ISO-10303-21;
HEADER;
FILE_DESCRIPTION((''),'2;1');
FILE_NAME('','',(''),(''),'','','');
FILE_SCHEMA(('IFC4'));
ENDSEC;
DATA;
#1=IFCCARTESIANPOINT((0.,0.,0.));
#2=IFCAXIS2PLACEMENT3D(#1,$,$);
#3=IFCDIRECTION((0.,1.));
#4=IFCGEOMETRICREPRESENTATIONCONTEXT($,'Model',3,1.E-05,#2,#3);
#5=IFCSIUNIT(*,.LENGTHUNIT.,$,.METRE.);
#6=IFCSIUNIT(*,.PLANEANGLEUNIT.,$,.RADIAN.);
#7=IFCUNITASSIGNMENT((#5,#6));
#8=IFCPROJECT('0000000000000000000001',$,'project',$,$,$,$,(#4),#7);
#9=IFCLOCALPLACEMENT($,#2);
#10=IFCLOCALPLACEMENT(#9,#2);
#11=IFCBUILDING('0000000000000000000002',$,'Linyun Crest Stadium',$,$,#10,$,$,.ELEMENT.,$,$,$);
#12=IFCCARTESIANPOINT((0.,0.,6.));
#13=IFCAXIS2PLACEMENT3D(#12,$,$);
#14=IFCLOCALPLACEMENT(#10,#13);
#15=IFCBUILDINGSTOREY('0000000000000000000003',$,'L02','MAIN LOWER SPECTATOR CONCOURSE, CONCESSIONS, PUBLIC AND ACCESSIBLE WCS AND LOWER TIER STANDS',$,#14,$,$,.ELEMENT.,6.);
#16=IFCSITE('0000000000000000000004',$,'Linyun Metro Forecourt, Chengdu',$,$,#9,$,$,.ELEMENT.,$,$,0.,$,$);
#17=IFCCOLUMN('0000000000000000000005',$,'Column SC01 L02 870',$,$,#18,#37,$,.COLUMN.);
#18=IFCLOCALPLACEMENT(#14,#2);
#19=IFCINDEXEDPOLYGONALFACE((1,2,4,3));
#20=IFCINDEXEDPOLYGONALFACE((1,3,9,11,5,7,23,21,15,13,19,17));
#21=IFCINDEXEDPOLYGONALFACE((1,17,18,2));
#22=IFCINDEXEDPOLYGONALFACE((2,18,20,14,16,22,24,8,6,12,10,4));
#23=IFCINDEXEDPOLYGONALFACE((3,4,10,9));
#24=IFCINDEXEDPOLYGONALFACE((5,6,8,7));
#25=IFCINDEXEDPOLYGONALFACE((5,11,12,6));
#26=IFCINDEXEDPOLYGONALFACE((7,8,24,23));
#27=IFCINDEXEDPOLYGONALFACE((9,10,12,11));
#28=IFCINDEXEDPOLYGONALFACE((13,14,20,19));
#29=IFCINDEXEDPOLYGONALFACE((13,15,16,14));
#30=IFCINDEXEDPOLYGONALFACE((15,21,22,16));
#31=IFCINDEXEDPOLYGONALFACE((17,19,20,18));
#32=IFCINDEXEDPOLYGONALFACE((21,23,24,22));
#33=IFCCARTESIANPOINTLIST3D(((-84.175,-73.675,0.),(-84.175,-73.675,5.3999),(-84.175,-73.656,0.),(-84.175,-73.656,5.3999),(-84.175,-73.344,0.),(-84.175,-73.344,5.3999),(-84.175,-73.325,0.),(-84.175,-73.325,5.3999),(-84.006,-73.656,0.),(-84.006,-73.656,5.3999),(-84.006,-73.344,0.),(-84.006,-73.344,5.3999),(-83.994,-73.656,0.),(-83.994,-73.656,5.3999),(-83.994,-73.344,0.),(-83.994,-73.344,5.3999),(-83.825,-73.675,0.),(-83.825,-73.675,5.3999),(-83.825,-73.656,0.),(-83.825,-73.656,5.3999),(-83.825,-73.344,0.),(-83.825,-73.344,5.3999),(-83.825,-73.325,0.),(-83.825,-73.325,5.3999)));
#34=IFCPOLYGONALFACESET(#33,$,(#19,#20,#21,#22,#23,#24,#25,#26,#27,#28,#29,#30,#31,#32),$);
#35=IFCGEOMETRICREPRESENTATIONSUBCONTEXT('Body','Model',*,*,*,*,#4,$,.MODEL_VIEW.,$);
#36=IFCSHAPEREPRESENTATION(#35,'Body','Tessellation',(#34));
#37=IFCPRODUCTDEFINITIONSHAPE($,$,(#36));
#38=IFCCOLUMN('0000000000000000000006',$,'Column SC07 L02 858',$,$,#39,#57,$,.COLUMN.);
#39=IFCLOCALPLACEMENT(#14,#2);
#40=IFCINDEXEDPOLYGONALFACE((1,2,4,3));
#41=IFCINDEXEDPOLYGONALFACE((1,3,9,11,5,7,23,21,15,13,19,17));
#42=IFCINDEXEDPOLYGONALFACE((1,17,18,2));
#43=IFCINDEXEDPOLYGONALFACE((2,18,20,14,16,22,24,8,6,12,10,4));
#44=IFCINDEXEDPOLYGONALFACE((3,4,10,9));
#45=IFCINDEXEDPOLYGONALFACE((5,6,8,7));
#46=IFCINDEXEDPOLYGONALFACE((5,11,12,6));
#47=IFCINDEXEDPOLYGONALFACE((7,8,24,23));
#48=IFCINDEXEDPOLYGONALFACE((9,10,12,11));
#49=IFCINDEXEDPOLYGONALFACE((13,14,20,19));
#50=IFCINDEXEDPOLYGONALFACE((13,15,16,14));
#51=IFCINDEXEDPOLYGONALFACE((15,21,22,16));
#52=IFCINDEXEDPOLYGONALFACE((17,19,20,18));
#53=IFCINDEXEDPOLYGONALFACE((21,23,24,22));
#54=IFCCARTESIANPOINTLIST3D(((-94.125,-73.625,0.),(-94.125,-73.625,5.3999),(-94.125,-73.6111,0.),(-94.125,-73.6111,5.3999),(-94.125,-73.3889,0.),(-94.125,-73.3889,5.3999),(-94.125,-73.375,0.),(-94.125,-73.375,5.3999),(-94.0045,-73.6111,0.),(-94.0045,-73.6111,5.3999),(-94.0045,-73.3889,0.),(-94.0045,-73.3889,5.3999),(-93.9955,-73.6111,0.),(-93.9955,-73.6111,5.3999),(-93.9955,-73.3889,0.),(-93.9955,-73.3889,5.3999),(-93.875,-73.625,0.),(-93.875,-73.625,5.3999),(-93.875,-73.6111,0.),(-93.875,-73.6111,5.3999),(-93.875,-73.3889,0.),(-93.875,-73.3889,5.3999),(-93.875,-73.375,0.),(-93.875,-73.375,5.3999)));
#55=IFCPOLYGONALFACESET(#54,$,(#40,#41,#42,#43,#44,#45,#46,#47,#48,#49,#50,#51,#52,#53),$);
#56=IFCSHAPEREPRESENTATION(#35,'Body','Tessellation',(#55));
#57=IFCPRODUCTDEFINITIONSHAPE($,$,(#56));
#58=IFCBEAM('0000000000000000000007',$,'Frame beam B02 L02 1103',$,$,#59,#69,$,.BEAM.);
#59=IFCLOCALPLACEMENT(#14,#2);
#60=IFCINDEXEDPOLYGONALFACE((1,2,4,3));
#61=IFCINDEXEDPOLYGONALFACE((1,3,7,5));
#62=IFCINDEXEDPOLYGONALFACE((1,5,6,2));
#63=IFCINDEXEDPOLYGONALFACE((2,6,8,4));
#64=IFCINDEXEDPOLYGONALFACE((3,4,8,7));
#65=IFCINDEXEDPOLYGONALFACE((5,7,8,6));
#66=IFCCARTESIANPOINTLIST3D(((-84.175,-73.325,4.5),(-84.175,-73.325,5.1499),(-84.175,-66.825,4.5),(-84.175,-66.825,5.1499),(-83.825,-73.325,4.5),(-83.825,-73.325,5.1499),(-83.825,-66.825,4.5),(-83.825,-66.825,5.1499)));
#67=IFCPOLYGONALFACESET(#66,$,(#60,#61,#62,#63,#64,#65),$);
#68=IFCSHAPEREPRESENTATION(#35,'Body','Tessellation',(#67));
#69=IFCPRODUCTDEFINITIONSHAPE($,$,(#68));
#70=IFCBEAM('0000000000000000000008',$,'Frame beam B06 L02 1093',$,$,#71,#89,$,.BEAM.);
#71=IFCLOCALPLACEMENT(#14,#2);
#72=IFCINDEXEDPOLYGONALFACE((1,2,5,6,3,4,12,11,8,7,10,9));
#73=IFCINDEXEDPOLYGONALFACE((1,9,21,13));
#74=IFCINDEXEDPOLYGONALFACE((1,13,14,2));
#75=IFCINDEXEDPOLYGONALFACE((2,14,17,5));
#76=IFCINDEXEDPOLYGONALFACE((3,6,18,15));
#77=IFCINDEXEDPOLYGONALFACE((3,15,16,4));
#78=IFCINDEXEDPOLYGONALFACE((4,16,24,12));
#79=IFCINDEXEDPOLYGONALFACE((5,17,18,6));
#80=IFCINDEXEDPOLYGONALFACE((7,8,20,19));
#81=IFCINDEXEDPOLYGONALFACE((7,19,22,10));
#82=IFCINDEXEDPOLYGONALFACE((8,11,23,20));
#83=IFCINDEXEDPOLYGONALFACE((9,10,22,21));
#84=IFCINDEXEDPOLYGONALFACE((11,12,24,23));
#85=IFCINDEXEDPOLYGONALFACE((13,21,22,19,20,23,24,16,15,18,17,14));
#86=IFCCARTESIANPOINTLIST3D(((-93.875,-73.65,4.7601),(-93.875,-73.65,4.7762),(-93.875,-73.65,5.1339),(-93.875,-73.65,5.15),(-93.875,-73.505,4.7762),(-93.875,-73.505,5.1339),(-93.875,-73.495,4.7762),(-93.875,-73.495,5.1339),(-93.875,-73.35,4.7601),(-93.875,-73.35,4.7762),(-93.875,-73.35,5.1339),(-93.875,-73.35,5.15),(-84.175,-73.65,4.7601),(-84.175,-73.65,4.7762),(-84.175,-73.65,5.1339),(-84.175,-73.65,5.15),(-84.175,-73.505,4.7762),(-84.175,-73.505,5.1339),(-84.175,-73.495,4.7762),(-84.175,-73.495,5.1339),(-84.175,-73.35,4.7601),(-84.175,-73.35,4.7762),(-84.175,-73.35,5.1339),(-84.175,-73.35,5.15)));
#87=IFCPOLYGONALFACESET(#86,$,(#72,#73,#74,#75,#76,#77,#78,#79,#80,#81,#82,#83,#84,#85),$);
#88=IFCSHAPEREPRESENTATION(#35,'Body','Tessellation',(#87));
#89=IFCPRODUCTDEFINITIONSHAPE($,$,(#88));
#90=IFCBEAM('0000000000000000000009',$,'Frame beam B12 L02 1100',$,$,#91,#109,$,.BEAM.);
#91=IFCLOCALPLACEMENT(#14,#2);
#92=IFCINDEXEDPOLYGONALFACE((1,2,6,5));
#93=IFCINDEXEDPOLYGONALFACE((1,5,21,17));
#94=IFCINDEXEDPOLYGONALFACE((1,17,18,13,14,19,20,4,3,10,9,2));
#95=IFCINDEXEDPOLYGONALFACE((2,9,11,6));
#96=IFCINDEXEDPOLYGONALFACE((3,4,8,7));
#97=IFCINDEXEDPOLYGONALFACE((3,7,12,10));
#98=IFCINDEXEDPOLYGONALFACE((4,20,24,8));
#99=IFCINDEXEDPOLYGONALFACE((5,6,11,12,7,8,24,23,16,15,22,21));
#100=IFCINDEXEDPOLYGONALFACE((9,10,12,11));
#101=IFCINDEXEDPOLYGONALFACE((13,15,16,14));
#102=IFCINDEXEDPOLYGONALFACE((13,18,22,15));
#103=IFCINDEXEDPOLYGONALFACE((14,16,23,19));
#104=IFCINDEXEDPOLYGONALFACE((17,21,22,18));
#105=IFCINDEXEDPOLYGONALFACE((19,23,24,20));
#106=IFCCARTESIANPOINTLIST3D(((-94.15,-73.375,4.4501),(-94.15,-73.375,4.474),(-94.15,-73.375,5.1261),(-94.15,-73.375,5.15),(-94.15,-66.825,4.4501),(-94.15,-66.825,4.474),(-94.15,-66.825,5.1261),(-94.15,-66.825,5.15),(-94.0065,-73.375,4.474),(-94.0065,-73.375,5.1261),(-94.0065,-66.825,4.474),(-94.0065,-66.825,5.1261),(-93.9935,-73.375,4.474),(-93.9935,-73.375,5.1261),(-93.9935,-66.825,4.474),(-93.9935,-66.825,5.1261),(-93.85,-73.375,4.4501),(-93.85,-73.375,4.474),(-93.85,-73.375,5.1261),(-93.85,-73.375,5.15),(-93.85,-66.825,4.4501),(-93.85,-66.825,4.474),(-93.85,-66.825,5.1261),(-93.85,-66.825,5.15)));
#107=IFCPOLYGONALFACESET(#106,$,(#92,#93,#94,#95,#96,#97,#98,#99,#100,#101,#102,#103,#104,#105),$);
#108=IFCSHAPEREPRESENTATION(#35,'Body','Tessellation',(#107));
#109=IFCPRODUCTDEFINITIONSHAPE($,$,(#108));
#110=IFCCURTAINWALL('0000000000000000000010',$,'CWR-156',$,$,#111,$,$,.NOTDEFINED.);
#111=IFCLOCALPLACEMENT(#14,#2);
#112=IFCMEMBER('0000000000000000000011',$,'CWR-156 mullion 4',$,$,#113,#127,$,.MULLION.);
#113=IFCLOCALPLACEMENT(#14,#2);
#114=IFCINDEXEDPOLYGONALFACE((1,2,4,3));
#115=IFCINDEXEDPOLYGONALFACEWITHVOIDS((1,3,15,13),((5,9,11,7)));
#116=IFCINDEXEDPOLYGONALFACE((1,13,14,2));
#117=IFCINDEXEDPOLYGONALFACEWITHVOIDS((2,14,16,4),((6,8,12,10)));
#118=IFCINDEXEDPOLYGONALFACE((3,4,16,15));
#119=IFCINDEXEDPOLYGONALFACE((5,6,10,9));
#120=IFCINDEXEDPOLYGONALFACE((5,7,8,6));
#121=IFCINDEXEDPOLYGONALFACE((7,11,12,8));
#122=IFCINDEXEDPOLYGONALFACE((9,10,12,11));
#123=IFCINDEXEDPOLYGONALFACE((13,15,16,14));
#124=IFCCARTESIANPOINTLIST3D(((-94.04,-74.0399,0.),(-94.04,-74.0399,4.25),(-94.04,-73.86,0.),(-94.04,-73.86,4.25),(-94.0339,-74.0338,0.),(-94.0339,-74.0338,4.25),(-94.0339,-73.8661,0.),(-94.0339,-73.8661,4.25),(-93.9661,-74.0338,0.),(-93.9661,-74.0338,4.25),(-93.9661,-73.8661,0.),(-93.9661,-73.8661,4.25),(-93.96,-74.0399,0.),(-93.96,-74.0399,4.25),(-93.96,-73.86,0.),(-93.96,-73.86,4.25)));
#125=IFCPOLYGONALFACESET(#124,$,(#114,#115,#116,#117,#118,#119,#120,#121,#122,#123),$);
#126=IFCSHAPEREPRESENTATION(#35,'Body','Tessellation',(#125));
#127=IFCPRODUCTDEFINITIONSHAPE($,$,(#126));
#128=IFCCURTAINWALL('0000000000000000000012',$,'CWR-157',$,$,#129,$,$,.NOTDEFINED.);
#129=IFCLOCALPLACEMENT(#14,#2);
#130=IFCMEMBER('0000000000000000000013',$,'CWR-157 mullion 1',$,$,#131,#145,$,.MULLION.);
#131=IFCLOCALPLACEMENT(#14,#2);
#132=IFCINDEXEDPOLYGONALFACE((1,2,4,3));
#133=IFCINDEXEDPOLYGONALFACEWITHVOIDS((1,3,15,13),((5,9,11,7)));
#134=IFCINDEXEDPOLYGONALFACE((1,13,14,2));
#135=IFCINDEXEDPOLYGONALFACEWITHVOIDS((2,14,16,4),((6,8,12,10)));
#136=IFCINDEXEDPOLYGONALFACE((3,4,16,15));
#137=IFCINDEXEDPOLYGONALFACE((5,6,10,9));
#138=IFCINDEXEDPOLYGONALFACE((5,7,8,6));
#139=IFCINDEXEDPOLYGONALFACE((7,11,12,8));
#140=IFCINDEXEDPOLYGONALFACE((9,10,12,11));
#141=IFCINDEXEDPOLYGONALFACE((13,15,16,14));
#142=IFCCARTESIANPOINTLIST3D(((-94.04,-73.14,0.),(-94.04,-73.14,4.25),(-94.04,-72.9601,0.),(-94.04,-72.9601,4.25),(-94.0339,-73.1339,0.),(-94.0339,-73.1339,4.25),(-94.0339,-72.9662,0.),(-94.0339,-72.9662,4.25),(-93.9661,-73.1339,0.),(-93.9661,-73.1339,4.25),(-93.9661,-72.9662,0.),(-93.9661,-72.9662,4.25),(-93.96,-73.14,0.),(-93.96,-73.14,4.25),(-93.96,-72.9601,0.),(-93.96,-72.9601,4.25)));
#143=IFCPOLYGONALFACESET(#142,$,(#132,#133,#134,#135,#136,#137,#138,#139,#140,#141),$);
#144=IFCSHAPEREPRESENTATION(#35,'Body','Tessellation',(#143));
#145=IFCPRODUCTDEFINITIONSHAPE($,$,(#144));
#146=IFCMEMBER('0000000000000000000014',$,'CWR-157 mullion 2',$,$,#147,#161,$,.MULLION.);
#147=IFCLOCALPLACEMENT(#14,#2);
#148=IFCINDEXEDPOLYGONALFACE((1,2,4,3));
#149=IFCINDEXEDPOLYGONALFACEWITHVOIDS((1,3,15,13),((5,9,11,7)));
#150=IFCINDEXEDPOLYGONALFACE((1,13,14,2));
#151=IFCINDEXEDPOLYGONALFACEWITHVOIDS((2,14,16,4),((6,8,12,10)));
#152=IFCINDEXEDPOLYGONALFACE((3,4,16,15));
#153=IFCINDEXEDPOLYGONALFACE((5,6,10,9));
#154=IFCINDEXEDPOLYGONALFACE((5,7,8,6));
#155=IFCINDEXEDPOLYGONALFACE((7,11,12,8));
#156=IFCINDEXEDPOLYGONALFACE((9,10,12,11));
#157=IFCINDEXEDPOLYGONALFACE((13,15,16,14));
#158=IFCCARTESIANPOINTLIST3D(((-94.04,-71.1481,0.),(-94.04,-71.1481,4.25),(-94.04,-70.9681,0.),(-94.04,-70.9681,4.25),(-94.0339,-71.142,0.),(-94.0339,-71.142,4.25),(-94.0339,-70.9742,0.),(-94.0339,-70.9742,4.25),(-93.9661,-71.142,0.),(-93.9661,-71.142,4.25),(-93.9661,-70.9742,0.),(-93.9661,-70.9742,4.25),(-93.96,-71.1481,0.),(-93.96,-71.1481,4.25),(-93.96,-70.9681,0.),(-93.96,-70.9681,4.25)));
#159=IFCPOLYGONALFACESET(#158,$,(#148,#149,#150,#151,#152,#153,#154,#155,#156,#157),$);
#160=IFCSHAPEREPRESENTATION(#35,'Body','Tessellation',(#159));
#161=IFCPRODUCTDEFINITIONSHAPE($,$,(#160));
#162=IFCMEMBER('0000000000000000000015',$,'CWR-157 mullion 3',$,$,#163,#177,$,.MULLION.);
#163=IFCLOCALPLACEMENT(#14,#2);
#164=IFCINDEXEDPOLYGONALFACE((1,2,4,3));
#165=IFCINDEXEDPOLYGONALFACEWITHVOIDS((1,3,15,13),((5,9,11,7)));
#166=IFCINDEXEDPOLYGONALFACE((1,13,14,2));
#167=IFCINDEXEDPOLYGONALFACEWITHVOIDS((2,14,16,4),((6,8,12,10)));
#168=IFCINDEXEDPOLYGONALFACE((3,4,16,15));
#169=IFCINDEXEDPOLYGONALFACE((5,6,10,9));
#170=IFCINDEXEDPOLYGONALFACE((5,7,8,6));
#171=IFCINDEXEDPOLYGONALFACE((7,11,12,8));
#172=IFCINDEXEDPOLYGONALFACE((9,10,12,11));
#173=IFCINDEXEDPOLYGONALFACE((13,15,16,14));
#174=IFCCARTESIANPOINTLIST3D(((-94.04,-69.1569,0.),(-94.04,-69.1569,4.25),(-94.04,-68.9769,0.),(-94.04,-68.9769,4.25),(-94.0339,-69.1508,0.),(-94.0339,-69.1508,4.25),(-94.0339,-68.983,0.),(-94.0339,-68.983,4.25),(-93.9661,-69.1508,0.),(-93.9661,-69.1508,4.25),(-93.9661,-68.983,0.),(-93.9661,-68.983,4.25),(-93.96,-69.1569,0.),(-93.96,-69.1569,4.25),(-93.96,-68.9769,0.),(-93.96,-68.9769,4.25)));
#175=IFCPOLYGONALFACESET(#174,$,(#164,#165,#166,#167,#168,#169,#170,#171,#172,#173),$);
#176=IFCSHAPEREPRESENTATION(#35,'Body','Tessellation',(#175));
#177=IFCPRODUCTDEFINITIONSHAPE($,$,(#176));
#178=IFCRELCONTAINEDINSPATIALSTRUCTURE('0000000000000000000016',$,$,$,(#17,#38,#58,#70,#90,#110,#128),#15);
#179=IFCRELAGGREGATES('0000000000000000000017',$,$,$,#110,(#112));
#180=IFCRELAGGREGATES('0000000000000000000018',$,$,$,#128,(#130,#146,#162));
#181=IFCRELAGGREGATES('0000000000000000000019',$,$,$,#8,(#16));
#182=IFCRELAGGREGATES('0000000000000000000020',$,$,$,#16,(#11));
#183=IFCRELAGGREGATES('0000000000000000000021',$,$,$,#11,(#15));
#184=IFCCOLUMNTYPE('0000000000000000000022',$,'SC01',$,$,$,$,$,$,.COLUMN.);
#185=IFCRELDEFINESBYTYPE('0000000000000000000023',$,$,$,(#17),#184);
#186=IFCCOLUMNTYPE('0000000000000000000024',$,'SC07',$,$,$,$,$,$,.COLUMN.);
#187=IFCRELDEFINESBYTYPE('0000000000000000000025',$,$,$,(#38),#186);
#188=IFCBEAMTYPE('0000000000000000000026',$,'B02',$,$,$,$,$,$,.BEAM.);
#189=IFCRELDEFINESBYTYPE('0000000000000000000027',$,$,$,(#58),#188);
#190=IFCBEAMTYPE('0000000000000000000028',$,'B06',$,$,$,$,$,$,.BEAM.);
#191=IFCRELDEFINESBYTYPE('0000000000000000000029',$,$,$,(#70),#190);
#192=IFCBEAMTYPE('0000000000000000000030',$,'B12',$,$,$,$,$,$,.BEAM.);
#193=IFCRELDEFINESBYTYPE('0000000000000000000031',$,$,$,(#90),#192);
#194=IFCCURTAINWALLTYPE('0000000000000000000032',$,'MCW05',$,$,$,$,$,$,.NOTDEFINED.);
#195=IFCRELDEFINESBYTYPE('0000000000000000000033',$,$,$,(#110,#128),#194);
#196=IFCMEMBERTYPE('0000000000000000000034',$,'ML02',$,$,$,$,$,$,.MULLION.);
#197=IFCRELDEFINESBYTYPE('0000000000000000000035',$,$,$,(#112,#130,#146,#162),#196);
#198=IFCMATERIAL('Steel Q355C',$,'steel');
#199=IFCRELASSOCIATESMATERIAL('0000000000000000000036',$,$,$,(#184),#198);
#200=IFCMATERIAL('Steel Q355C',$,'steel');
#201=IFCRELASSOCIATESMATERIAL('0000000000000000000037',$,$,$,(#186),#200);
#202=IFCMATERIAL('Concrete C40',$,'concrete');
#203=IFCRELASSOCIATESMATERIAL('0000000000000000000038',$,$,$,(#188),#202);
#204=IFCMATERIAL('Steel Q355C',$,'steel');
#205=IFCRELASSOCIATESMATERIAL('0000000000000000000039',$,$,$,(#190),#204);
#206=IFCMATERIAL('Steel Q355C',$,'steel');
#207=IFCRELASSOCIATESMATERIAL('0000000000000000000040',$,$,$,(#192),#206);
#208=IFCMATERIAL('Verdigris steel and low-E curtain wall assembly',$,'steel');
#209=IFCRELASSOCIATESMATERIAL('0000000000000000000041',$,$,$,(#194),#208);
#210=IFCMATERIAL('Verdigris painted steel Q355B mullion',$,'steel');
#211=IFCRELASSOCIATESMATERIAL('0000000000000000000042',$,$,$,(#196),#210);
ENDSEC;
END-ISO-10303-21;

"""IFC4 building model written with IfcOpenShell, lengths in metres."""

from ifc_helpers import new_model, si_unit, direction, frame, origin, origin_2d, place, context, subcontext, project, spatial, rectangle, hollow_rectangle, i_section, extrude, material, material_profile, profile_set, type_object, element, aggregate, save


model = new_model("IFC4")

# Units and contexts
model_context = context("Model", 3, precision=1e-05, world=origin(), true_north=direction((0.0, 1.0)))
body_context = subcontext(model_context, "Body", "Model", "MODEL_VIEW")
ifc_project = project(units=[si_unit("LENGTHUNIT", "METRE"), si_unit("PLANEANGLEUNIT", "RADIAN")], contexts=[model_context])

# Site, building, storey
site_placement = place(None, origin())
site = spatial("IfcSite", under=ifc_project, at=site_placement, Name="Linyun Metro Forecourt, Chengdu", CompositionType="ELEMENT", RefElevation=0.0)
building_placement = place(site_placement, origin())
building = spatial("IfcBuilding", under=site, at=building_placement, Name="Linyun Crest Stadium", CompositionType="ELEMENT")
storey_placement = place(building_placement, frame((0.0, 0.0, 6.0)))
storey = spatial("IfcBuildingStorey", under=building, at=storey_placement, Name="L02", Description="MAIN LOWER SPECTATOR CONCOURSE, CONCESSIONS, PUBLIC AND ACCESSIBLE WCS AND LOWER TIER STANDS", CompositionType="ELEMENT", Elevation=6.0)

# Columns
ifc_material_1 = material(Name="Steel Q355C", Category="steel")
ifc_material_profile_1 = material_profile(ifc_material_1, i_section(OverallWidth=0.3501, OverallDepth=0.3501, WebThickness=0.012, FlangeThickness=0.019, at=origin_2d()), Name="HW 350x350")
ifc_profile_set_1 = profile_set([ifc_material_profile_1], Name="Steel Q355C")
column_type_1 = type_object("IfcColumnType", Name="SC01", PredefinedType="COLUMN", material=ifc_profile_set_1)
column_1_placement = place(storey_placement, frame((-84.0, -73.5, 0.0), z_axis=(0.0, 0.0, 1.0), x_axis=(1.0, 0.0, 0.0)))
element("IfcColumn", 1, at=column_1_placement, inside=storey, type_object=column_type_1, Name="Column SC01 L02 870", PredefinedType="COLUMN", context=body_context, shape_type="SweptSolid", body=[
    extrude(i_section(OverallWidth=0.3501, OverallDepth=0.3501, WebThickness=0.012, FlangeThickness=0.019, at=origin_2d()), origin(), (0.0, 0.0, 1.0), 5.3999),
])
ifc_material_2 = material(Name="Steel Q355C", Category="steel")
ifc_material_profile_2 = material_profile(ifc_material_2, i_section(OverallWidth=0.25, OverallDepth=0.25, WebThickness=0.009, FlangeThickness=0.0139, at=origin_2d()), Name="HW 250x250")
ifc_profile_set_2 = profile_set([ifc_material_profile_2], Name="Steel Q355C")
column_type_2 = type_object("IfcColumnType", Name="SC07", PredefinedType="COLUMN", material=ifc_profile_set_2)
column_2_placement = place(storey_placement, frame((-94.0, -73.5, 0.0), z_axis=(0.0, 0.0, 1.0), x_axis=(1.0, 0.0, 0.0)))
element("IfcColumn", 2, at=column_2_placement, inside=storey, type_object=column_type_2, Name="Column SC07 L02 858", PredefinedType="COLUMN", context=body_context, shape_type="SweptSolid", body=[
    extrude(i_section(OverallWidth=0.25, OverallDepth=0.25, WebThickness=0.009, FlangeThickness=0.0139, at=origin_2d()), origin(), (0.0, 0.0, 1.0), 5.3999),
])

# Beams
ifc_material_3 = material(Name="Concrete C40", Category="concrete")
ifc_material_profile_3 = material_profile(ifc_material_3, rectangle(XDim=0.3501, YDim=0.6499, at=origin_2d()), Name="RCB 650x350")
ifc_profile_set_3 = profile_set([ifc_material_profile_3], Name="Concrete C40")
beam_type_1 = type_object("IfcBeamType", Name="B02", PredefinedType="BEAM", material=ifc_profile_set_3)
beam_1_placement = place(storey_placement, frame((-84.0, -73.325, 4.825), z_axis=(0.0, 1.0, 0.0), x_axis=(-1.0, 0.0, 0.0)))
element("IfcBeam", 3, at=beam_1_placement, inside=storey, type_object=beam_type_1, Name="Frame beam B02 L02 1103", PredefinedType="BEAM", context=body_context, shape_type="SweptSolid", body=[
    extrude(rectangle(XDim=0.3501, YDim=0.6499, at=origin_2d()), origin(), (0.0, 0.0, 1.0), 6.5),
])
ifc_material_4 = material(Name="Steel Q355C", Category="steel")
ifc_material_profile_4 = material_profile(ifc_material_4, i_section(OverallWidth=0.3, OverallDepth=0.3899, WebThickness=0.01, FlangeThickness=0.0161, at=origin_2d()), Name="HM 390x300")
ifc_profile_set_4 = profile_set([ifc_material_profile_4], Name="Steel Q355C")
beam_type_2 = type_object("IfcBeamType", Name="B06", PredefinedType="BEAM", material=ifc_profile_set_4)
beam_2_placement = place(storey_placement, frame((-93.875, -73.5, 4.9551), z_axis=(1.0, 0.0, 0.0), x_axis=(0.0, 1.0, 0.0)))
element("IfcBeam", 4, at=beam_2_placement, inside=storey, type_object=beam_type_2, Name="Frame beam B06 L02 1093", PredefinedType="BEAM", context=body_context, shape_type="SweptSolid", body=[
    extrude(i_section(OverallWidth=0.3, OverallDepth=0.3899, WebThickness=0.01, FlangeThickness=0.0161, at=origin_2d()), origin(), (0.0, 0.0, 1.0), 9.7),
])
ifc_material_5 = material(Name="Steel Q355C", Category="steel")
ifc_material_profile_5 = material_profile(ifc_material_5, i_section(OverallWidth=0.3, OverallDepth=0.7, WebThickness=0.0129, FlangeThickness=0.0239, at=origin_2d()), Name="HN 700x300")
ifc_profile_set_5 = profile_set([ifc_material_profile_5], Name="Steel Q355C")
beam_type_3 = type_object("IfcBeamType", Name="B12", PredefinedType="BEAM", material=ifc_profile_set_5)
beam_3_placement = place(storey_placement, frame((-94.0, -73.375, 4.8), z_axis=(0.0, 1.0, 0.0), x_axis=(-1.0, 0.0, 0.0)))
element("IfcBeam", 5, at=beam_3_placement, inside=storey, type_object=beam_type_3, Name="Frame beam B12 L02 1100", PredefinedType="BEAM", context=body_context, shape_type="SweptSolid", body=[
    extrude(i_section(OverallWidth=0.3, OverallDepth=0.7, WebThickness=0.0129, FlangeThickness=0.0239, at=origin_2d()), origin(), (0.0, 0.0, 1.0), 6.55),
])

# Curtain wall, member
ifc_material_6 = material(Name="Verdigris steel and low-E curtain wall assembly", Category="steel")
curtain_wall_type = type_object("IfcCurtainWallType", Name="MCW05", PredefinedType="NOTDEFINED", material=ifc_material_6)
curtain_wall_1_placement = place(storey_placement, origin())
curtain_wall_1 = element("IfcCurtainWall", 6, at=curtain_wall_1_placement, inside=storey, type_object=curtain_wall_type, Name="CWR-156", PredefinedType="NOTDEFINED")
ifc_material_7 = material(Name="Verdigris painted steel Q355B mullion", Category="steel")
ifc_material_profile_6 = material_profile(ifc_material_7, hollow_rectangle(XDim=0.0801, YDim=0.1799, WallThickness=0.0061, at=origin_2d()), Name="RHS 180x80x6")
ifc_profile_set_6 = profile_set([ifc_material_profile_6], Name="Verdigris painted steel Q355B mullion")
member_type_1 = type_object("IfcMemberType", Name="ML02", PredefinedType="MULLION", material=ifc_profile_set_6)
member_1_placement = place(storey_placement, frame((-94.0, -73.95, 0.0), z_axis=(0.0, 0.0, 1.0), x_axis=(-1.0, 0.0, 0.0)))
member_1 = element("IfcMember", 7, at=member_1_placement, type_object=member_type_1, Name="CWR-156 mullion 4", PredefinedType="MULLION", context=body_context, shape_type="SweptSolid", body=[
    extrude(hollow_rectangle(XDim=0.0801, YDim=0.1799, WallThickness=0.0061, at=origin_2d()), origin(), (0.0, 0.0, 1.0), 4.25),
])

# Curtain wall, members
curtain_wall_2_placement = place(storey_placement, origin())
curtain_wall_2 = element("IfcCurtainWall", 8, at=curtain_wall_2_placement, inside=storey, type_object=curtain_wall_type, Name="CWR-157", PredefinedType="NOTDEFINED")
member_2_placement = place(storey_placement, frame((-94.0, -73.05, 0.0), z_axis=(0.0, 0.0, 1.0), x_axis=(-1.0, 0.0, 0.0)))
member_2 = element("IfcMember", 9, at=member_2_placement, type_object=member_type_1, Name="CWR-157 mullion 1", PredefinedType="MULLION", context=body_context, shape_type="SweptSolid", body=[
    extrude(hollow_rectangle(XDim=0.0801, YDim=0.1799, WallThickness=0.0061, at=origin_2d()), origin(), (0.0, 0.0, 1.0), 4.25),
])
member_3_placement = place(storey_placement, frame((-94.0, -71.0581, 0.0), z_axis=(0.0, 0.0, 1.0), x_axis=(-1.0, 0.0, 0.0)))
member_3 = element("IfcMember", 10, at=member_3_placement, type_object=member_type_1, Name="CWR-157 mullion 2", PredefinedType="MULLION", context=body_context, shape_type="SweptSolid", body=[
    extrude(hollow_rectangle(XDim=0.0801, YDim=0.1799, WallThickness=0.0061, at=origin_2d()), origin(), (0.0, 0.0, 1.0), 4.25),
])
member_4_placement = place(storey_placement, frame((-94.0, -69.0669, 0.0), z_axis=(0.0, 0.0, 1.0), x_axis=(-1.0, 0.0, 0.0)))
member_4 = element("IfcMember", 11, at=member_4_placement, type_object=member_type_1, Name="CWR-157 mullion 3", PredefinedType="MULLION", context=body_context, shape_type="SweptSolid", body=[
    extrude(hollow_rectangle(XDim=0.0801, YDim=0.1799, WallThickness=0.0061, at=origin_2d()), origin(), (0.0, 0.0, 1.0), 4.25),
])

aggregate(curtain_wall_1, [member_1])
aggregate(curtain_wall_2, [member_2, member_3, member_4])

save(model, "model.ifc")
